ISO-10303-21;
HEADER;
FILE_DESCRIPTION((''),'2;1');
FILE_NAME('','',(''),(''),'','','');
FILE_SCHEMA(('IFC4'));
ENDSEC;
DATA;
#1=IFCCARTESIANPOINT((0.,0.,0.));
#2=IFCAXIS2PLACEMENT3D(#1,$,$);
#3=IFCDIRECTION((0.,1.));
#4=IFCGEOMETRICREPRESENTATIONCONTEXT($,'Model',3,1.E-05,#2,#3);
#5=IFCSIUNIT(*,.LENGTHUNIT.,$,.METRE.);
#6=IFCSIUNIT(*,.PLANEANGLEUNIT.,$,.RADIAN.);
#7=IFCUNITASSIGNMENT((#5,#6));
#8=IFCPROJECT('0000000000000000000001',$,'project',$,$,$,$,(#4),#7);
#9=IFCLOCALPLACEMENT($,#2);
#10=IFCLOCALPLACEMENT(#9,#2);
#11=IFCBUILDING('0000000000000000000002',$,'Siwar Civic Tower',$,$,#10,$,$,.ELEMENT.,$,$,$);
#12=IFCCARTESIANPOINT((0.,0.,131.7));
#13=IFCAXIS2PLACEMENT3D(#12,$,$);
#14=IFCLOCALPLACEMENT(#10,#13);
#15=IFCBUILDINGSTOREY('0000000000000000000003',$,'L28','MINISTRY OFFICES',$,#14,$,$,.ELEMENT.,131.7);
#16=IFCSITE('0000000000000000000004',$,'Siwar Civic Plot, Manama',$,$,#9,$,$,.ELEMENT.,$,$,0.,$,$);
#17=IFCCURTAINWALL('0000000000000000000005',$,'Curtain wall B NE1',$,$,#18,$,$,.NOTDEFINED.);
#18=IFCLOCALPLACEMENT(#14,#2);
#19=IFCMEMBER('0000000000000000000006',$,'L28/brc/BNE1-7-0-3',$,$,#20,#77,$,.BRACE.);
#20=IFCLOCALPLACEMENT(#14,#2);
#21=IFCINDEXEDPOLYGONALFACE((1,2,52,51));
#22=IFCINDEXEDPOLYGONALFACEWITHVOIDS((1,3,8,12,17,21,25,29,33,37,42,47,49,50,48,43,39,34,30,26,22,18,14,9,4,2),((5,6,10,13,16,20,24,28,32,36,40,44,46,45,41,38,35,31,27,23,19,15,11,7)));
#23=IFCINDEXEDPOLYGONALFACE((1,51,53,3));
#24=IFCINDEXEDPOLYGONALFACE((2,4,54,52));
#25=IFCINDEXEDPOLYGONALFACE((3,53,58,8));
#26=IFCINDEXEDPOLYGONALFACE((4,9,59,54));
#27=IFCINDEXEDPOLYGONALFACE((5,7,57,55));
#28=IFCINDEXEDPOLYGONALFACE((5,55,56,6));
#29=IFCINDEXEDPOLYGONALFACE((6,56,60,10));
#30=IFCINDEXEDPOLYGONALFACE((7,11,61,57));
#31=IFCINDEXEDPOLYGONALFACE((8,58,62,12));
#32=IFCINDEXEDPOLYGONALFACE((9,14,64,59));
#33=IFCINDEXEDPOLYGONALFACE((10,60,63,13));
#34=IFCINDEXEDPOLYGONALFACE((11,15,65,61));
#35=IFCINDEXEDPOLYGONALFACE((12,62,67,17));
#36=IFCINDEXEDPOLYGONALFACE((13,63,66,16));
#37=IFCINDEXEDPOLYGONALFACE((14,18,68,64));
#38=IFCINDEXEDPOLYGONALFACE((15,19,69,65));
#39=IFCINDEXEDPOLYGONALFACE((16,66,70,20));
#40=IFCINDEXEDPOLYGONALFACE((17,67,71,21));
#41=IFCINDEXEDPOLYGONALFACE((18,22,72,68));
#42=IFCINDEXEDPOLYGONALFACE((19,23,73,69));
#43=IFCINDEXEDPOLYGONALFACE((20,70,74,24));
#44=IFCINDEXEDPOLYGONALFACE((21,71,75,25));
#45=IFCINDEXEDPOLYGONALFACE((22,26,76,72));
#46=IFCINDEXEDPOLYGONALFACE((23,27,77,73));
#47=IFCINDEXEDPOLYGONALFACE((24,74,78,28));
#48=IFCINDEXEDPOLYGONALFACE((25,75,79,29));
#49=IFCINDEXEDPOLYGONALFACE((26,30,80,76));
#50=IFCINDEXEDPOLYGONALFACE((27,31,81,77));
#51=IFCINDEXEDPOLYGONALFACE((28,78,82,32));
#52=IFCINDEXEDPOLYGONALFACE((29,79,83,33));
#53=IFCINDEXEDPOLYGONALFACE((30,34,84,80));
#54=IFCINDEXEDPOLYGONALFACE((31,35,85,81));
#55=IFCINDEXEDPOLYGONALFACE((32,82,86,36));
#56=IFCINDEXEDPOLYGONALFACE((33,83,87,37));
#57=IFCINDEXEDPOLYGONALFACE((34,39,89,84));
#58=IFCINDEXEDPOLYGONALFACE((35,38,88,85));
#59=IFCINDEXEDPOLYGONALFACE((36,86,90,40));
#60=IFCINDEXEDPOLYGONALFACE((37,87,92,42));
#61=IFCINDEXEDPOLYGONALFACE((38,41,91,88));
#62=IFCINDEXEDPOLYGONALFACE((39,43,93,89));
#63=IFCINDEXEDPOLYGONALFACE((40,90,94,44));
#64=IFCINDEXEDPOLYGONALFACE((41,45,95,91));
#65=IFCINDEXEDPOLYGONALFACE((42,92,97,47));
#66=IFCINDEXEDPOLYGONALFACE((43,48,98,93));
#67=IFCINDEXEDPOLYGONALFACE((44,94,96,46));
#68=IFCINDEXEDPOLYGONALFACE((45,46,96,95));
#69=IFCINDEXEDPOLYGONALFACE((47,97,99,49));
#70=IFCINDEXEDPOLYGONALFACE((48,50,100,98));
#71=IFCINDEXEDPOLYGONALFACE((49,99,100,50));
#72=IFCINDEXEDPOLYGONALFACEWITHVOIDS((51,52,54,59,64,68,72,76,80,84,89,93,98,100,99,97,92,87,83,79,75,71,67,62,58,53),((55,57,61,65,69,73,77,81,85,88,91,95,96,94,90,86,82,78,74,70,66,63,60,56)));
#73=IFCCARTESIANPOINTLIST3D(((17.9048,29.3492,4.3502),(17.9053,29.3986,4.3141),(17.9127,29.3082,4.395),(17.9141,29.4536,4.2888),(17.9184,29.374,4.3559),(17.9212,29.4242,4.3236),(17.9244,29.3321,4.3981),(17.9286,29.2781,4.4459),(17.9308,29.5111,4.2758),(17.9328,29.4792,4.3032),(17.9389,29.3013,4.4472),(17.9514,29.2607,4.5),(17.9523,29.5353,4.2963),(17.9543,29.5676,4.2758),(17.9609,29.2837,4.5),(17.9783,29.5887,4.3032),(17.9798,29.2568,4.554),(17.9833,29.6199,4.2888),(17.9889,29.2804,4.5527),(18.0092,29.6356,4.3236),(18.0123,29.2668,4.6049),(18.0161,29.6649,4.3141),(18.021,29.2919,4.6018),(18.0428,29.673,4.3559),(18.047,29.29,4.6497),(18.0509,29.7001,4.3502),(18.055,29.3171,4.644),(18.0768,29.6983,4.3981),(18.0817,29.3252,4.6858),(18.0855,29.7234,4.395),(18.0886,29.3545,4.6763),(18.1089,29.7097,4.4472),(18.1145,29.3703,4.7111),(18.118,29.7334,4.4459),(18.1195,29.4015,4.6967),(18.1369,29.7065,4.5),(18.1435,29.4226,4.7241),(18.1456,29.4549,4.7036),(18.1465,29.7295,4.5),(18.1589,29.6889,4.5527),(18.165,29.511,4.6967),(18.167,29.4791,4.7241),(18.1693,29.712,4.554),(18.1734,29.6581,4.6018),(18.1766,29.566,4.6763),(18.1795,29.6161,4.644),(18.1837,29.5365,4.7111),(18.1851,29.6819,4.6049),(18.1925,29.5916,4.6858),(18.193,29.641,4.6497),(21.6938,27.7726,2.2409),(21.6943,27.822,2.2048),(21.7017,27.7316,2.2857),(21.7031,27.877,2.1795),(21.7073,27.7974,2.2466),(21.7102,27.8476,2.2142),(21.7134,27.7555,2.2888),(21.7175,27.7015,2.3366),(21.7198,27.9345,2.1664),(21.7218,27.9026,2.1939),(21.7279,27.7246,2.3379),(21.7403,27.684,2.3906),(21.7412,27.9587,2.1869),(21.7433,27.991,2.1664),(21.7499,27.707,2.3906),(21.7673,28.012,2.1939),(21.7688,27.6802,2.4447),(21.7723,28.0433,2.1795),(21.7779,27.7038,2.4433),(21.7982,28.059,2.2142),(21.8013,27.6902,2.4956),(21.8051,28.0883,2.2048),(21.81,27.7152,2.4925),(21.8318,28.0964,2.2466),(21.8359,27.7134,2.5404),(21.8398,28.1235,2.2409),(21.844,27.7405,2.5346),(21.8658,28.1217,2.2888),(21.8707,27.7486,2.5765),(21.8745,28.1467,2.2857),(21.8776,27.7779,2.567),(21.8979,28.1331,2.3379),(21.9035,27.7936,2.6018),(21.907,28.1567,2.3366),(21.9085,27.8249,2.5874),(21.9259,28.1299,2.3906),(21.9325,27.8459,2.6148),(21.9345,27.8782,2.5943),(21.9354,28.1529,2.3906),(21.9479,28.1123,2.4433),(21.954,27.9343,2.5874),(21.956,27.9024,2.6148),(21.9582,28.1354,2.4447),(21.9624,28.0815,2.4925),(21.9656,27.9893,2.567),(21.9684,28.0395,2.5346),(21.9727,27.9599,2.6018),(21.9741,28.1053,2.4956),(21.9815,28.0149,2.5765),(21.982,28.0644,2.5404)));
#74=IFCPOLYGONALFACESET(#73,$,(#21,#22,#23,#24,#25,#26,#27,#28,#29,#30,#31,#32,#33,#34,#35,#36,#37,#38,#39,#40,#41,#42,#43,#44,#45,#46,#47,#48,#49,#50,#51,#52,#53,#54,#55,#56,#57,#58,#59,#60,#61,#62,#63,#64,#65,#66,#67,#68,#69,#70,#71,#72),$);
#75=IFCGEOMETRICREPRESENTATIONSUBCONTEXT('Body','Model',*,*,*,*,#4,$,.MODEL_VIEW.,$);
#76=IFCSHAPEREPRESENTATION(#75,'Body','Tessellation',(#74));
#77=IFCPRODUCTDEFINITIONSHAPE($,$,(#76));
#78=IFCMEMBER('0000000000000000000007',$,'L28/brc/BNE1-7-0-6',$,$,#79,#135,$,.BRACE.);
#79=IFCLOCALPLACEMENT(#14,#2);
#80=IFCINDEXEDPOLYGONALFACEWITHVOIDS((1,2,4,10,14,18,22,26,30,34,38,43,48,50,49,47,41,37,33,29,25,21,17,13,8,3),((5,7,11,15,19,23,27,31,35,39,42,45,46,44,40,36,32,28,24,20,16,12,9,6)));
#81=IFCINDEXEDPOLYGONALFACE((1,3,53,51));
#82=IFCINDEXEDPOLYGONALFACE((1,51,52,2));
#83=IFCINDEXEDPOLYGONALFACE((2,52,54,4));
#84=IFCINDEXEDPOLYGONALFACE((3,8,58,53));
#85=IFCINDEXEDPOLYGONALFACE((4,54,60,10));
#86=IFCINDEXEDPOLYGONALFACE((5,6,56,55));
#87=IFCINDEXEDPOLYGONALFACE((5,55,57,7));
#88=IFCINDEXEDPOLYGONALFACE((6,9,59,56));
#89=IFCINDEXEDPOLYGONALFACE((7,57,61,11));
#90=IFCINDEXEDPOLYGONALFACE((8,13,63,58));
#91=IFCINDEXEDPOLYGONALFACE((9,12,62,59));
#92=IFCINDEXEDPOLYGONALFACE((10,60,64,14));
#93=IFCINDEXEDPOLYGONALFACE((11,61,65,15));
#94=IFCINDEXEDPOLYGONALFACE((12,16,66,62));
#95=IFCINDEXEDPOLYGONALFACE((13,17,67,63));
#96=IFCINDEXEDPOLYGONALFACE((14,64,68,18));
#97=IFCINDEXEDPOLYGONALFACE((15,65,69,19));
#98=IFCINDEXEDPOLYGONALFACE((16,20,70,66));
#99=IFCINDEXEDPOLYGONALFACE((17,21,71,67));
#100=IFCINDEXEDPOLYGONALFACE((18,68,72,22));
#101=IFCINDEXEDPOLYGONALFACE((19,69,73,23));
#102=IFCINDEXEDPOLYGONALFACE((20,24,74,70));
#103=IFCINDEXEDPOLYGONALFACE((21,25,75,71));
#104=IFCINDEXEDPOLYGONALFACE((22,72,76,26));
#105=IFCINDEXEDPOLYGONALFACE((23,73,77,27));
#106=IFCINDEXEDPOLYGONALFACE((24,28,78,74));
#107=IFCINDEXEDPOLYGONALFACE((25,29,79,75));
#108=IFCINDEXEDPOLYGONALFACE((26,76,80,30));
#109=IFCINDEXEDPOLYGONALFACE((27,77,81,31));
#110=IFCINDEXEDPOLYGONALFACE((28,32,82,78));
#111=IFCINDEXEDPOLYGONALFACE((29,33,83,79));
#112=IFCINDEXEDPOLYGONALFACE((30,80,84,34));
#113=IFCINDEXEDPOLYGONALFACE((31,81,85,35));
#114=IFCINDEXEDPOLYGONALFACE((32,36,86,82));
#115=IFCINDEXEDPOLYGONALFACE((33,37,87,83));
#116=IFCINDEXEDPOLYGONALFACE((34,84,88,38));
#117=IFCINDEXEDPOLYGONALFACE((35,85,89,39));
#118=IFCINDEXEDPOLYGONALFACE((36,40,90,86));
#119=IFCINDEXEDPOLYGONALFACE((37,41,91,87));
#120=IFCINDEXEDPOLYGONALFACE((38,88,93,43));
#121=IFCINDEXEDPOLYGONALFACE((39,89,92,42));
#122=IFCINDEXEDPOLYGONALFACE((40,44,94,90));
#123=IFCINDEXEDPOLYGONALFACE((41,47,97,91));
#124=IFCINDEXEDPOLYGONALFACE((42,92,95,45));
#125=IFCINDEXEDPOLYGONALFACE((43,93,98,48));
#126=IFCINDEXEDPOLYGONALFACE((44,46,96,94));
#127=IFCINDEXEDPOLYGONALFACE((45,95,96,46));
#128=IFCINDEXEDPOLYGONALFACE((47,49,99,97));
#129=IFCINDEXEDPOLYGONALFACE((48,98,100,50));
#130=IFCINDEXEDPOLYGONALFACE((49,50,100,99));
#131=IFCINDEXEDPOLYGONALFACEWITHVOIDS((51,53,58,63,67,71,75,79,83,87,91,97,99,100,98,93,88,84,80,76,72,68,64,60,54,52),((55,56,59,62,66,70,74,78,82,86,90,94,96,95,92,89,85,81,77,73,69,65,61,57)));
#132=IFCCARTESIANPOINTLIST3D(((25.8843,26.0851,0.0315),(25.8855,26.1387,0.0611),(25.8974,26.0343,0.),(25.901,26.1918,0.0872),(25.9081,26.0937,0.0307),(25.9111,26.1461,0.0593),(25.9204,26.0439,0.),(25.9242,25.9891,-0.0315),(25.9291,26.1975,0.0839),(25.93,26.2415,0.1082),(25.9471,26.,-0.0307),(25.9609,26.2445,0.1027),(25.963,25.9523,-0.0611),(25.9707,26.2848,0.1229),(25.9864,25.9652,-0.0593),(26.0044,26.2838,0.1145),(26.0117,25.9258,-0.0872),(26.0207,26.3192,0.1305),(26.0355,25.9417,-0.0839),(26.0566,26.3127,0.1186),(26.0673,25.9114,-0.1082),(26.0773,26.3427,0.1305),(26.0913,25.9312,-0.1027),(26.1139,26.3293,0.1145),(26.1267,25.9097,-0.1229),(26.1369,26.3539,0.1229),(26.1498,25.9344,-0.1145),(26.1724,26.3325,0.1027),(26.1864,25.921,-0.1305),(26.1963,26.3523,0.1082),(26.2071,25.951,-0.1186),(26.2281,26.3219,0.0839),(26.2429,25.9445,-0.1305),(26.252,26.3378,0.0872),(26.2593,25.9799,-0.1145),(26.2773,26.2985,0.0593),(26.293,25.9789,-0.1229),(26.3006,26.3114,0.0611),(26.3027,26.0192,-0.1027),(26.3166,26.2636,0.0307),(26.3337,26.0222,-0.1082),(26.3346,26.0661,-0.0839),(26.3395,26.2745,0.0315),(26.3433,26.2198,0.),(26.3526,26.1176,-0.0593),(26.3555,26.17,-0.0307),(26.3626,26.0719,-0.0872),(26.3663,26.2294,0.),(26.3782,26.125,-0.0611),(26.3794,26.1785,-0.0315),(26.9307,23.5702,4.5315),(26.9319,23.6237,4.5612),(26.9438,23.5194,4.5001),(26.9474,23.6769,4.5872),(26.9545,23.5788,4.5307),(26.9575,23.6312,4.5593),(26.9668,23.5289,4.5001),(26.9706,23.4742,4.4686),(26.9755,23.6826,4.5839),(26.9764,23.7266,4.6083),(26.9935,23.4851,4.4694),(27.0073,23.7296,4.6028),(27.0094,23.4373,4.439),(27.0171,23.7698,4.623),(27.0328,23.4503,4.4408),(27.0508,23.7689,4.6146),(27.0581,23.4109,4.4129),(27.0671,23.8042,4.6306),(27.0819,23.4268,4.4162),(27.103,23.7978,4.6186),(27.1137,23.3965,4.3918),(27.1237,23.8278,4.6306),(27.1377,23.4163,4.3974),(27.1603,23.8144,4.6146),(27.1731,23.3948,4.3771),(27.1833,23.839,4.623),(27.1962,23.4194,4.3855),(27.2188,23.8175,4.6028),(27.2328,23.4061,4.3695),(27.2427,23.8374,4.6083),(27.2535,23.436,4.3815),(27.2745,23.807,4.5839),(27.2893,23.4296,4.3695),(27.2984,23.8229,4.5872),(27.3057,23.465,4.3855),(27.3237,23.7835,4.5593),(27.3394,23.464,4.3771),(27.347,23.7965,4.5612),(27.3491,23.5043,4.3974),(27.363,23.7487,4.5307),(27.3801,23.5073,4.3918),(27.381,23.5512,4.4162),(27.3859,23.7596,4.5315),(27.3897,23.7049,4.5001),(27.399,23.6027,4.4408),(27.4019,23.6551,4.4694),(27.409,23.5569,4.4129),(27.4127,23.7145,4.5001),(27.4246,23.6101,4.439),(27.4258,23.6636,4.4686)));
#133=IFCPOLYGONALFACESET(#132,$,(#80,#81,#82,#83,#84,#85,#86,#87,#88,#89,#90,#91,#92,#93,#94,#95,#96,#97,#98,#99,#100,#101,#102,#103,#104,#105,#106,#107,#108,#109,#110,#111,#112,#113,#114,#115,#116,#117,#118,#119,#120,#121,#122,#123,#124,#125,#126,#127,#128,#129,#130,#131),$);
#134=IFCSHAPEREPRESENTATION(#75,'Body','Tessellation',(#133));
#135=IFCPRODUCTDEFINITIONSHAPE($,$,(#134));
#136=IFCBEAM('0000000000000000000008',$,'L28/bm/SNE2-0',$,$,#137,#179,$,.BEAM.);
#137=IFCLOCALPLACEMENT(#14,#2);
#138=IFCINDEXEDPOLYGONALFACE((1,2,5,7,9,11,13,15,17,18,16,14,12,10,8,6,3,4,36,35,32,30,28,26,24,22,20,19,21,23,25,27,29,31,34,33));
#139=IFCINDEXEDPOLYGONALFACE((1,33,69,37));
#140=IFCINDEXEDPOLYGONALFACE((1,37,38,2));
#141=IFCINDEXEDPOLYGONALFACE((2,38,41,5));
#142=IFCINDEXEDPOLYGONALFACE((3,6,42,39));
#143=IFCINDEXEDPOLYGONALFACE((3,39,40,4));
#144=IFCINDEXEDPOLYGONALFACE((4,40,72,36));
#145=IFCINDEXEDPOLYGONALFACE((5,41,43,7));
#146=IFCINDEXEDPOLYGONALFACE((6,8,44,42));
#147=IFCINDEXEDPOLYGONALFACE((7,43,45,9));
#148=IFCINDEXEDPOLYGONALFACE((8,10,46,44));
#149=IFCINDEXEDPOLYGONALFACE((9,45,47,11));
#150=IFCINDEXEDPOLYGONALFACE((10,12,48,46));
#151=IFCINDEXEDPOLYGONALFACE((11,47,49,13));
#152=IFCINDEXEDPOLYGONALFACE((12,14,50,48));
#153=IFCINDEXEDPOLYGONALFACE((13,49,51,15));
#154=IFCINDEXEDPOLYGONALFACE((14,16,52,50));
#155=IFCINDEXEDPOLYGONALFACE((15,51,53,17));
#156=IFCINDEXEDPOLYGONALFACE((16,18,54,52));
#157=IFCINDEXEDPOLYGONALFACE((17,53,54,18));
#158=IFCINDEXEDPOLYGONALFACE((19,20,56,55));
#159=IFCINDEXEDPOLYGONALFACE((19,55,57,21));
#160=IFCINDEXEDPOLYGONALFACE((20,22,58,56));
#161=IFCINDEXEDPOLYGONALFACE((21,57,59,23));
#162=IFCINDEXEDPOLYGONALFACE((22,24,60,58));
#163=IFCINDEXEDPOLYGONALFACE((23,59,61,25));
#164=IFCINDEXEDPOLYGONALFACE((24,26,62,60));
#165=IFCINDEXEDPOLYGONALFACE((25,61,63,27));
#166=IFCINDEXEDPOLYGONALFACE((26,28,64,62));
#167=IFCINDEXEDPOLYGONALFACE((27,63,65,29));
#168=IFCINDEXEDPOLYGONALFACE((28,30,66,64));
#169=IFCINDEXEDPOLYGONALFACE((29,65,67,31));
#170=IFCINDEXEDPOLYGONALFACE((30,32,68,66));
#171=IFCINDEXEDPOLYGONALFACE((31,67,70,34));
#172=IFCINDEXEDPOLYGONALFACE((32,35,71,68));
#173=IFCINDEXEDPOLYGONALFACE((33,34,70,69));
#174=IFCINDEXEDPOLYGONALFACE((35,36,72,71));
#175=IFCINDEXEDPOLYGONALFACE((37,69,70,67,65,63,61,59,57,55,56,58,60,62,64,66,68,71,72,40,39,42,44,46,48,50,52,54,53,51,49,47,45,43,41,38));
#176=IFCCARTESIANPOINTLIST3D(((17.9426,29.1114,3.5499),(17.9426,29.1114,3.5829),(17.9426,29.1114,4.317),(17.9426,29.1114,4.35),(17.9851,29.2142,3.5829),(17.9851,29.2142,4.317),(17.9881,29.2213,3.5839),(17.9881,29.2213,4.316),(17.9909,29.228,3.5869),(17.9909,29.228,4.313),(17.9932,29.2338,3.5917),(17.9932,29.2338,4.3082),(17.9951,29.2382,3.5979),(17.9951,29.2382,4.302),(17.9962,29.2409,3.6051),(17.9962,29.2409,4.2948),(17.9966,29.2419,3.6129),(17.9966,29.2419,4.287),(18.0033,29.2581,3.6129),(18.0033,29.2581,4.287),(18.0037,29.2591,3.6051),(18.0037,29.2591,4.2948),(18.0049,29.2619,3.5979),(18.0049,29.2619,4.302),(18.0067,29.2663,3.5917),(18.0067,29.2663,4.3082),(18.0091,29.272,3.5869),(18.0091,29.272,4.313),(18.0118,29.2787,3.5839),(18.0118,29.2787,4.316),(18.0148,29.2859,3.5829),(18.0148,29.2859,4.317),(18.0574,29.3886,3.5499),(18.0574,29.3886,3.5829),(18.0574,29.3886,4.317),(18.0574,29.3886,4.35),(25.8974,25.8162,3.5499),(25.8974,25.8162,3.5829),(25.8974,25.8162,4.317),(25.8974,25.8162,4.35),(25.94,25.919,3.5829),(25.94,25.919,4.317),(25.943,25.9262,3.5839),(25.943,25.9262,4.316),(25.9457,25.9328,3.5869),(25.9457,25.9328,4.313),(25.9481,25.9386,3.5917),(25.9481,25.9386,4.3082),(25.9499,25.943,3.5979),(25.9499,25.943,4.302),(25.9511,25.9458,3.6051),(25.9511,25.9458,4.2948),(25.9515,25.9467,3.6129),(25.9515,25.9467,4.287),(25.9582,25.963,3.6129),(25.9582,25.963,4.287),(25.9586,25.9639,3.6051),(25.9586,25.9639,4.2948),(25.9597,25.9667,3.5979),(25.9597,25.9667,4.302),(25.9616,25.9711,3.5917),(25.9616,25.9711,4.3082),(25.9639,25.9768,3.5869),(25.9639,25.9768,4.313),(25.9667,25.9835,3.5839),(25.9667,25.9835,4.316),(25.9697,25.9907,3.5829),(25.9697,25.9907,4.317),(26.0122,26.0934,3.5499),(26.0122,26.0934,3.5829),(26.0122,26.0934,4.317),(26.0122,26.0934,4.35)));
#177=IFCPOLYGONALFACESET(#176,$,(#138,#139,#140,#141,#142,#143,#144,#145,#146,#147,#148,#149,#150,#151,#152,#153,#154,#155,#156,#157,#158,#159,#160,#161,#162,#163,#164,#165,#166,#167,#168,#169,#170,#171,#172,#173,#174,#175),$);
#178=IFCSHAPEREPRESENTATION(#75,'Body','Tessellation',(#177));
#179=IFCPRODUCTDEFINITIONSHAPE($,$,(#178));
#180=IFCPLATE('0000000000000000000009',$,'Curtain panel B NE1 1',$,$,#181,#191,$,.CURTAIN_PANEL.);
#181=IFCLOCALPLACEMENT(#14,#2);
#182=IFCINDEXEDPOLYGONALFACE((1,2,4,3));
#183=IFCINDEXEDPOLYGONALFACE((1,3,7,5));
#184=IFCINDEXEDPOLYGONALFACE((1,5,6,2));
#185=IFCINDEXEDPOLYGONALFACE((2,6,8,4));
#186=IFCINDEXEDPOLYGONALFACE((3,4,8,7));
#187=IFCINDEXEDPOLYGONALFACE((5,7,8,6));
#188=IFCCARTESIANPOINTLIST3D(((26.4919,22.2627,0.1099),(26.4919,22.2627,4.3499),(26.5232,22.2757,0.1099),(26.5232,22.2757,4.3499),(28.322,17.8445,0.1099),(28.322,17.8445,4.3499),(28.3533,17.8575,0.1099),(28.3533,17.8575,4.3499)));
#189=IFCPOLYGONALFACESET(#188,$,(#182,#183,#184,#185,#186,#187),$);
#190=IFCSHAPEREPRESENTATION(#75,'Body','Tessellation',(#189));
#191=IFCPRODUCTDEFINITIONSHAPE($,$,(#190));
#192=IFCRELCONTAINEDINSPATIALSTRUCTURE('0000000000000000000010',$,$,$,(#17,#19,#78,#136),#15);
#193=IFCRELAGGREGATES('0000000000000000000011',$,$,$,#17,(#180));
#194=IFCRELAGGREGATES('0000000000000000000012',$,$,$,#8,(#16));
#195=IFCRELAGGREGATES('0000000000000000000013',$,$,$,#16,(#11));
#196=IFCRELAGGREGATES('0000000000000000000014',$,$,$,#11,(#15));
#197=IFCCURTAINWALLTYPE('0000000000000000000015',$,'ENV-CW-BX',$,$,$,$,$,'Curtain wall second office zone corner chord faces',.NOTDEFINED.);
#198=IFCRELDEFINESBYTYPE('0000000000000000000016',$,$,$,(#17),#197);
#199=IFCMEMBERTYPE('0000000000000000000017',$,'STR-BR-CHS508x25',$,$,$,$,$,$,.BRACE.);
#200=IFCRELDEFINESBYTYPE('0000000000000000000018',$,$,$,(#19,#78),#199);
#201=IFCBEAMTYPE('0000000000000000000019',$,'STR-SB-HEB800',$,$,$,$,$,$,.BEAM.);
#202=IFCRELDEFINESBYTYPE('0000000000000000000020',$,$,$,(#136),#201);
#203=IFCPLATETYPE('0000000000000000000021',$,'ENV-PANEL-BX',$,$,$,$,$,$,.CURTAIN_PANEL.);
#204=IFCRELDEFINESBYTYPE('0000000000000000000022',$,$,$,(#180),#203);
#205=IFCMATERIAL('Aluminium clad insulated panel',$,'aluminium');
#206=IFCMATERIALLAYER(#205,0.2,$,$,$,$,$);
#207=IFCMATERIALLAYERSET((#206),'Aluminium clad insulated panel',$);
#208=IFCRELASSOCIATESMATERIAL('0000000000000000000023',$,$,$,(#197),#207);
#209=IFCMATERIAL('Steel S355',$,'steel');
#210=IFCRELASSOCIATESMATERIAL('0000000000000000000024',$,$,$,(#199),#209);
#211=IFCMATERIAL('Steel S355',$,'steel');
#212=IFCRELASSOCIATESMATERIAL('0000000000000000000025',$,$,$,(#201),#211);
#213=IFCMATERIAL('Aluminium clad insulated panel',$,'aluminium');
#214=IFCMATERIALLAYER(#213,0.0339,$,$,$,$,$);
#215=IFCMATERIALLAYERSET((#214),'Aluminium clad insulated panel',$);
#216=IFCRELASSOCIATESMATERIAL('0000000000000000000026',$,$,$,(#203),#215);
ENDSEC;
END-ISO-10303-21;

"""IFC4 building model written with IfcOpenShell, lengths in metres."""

from ifc_helpers import new_model, si_unit, direction, frame, origin, origin_2d, place, context, subcontext, project, spatial, rectangle, hollow_circle, i_section, extrude, material, layer, layer_set, material_profile, profile_set, type_object, element, aggregate, save


model = new_model("IFC4")

# Units and contexts
model_context = context("Model", 3, precision=1e-05, world=origin(), true_north=direction((0.0, 1.0)))
body_context = subcontext(model_context, "Body", "Model", "MODEL_VIEW")
ifc_project = project(units=[si_unit("LENGTHUNIT", "METRE"), si_unit("PLANEANGLEUNIT", "RADIAN")], contexts=[model_context])

# Site, building, storey
site_placement = place(None, origin())
site = spatial("IfcSite", under=ifc_project, at=site_placement, Name="Siwar Civic Plot, Manama", CompositionType="ELEMENT", RefElevation=0.0)
building_placement = place(site_placement, origin())
building = spatial("IfcBuilding", under=site, at=building_placement, Name="Siwar Civic Tower", CompositionType="ELEMENT")
storey_placement = place(building_placement, frame((0.0, 0.0, 131.7)))
storey = spatial("IfcBuildingStorey", under=building, at=storey_placement, Name="L28", Description="MINISTRY OFFICES", CompositionType="ELEMENT", Elevation=131.7)

# Curtain wall
ifc_material_1 = material(Name="Aluminium clad insulated panel", Category="aluminium")
ifc_layer_1 = layer(ifc_material_1, 0.2)
ifc_layer_set_1 = layer_set([ifc_layer_1], Name="Aluminium clad insulated panel")
curtain_wall_type = type_object("IfcCurtainWallType", Name="ENV-CW-BX", ElementType="Curtain wall second office zone corner chord faces", PredefinedType="NOTDEFINED", material=ifc_layer_set_1)
curtain_wall_1_placement = place(storey_placement, origin())
curtain_wall_1 = element("IfcCurtainWall", 1, at=curtain_wall_1_placement, inside=storey, type_object=curtain_wall_type, Name="Curtain wall B NE1", PredefinedType="NOTDEFINED")

# Members
ifc_material_2 = material(Name="Steel S355", Category="steel")
ifc_material_profile_1 = material_profile(ifc_material_2, hollow_circle(Radius=0.2539, WallThickness=0.0249, at=origin_2d()), Name="CHS508x25")
ifc_profile_set_1 = profile_set([ifc_material_profile_1], Name="Steel S355")
member_type_1 = type_object("IfcMemberType", Name="STR-BR-CHS508x25", PredefinedType="BRACE", material=ifc_profile_set_1)
member_1_placement = place(storey_placement, frame((21.8379, 27.9185, 2.3906), z_axis=(-0.821146, 0.341686, 0.457133), x_axis=(-0.384176, -0.92326, 0.0)))
element("IfcMember", 2, at=member_1_placement, inside=storey, type_object=member_type_1, Name="L28/brc/BNE1-7-0-3", PredefinedType="BRACE", context=body_context, shape_type="SweptSolid", body=[
    extrude(hollow_circle(Radius=0.2539, WallThickness=0.0249, at=origin_2d()), origin(), (0.0, 0.0, 1.0), 4.6143),
])
member_2_placement = place(storey_placement, frame((26.1318, 26.1318, 0.0), z_axis=(0.198926, -0.478099, 0.855482), x_axis=(0.92327, 0.384151, 0.0)))
element("IfcMember", 3, at=member_2_placement, inside=storey, type_object=member_type_1, Name="L28/brc/BNE1-7-0-6", PredefinedType="BRACE", context=body_context, shape_type="SweptSolid", body=[
    extrude(hollow_circle(Radius=0.2539, WallThickness=0.0249, at=origin_2d()), origin(), (0.0, 0.0, 1.0), 5.2603),
])

# Beam
ifc_material_3 = material(Name="Steel S355", Category="steel")
ifc_material_profile_2 = material_profile(ifc_material_3, i_section(OverallWidth=0.3, OverallDepth=0.8, WebThickness=0.0176, FlangeThickness=0.033, FilletRadius=0.03, at=origin_2d()), Name="HEB800")
ifc_profile_set_2 = profile_set([ifc_material_profile_2], Name="Steel S355")
beam_type_1 = type_object("IfcBeamType", Name="STR-SB-HEB800", PredefinedType="BEAM", material=ifc_profile_set_2)
beam_1_placement = place(storey_placement, frame((25.9548, 25.9548, 3.95), z_axis=(-0.923873, 0.3827, 0.0), x_axis=(-0.3827, -0.923873, 0.0)))
element("IfcBeam", 4, at=beam_1_placement, inside=storey, type_object=beam_type_1, Name="L28/bm/SNE2-0", PredefinedType="BEAM", context=body_context, shape_type="SweptSolid", body=[
    extrude(i_section(OverallWidth=0.3, OverallDepth=0.8, WebThickness=0.0176, FlangeThickness=0.033, FilletRadius=0.03, at=origin_2d()), origin(), (0.0, 0.0, 1.0), 8.6104),
])

# Plate
ifc_material_4 = material(Name="Aluminium clad insulated panel", Category="aluminium")
ifc_layer_2 = layer(ifc_material_4, 0.0339)
ifc_layer_set_2 = layer_set([ifc_layer_2], Name="Aluminium clad insulated panel")
plate_type = type_object("IfcPlateType", Name="ENV-PANEL-BX", PredefinedType="CURTAIN_PANEL", material=ifc_layer_set_2)
plate_1_placement = place(storey_placement, frame((27.4226, 20.0601, 0.1099), z_axis=(0.0, 0.0, 1.0), x_axis=(-0.382683, 0.92388, 0.0)))
plate_1 = element("IfcPlate", 5, at=plate_1_placement, type_object=plate_type, Name="Curtain panel B NE1 1", PredefinedType="CURTAIN_PANEL", context=body_context, shape_type="SweptSolid", body=[
    extrude(rectangle(XDim=4.7822, YDim=0.0339, at=origin_2d()), origin(), (0.0, 0.0, 1.0), 4.24),
])
aggregate(curtain_wall_1, [plate_1])

save(model, "model.ifc")
